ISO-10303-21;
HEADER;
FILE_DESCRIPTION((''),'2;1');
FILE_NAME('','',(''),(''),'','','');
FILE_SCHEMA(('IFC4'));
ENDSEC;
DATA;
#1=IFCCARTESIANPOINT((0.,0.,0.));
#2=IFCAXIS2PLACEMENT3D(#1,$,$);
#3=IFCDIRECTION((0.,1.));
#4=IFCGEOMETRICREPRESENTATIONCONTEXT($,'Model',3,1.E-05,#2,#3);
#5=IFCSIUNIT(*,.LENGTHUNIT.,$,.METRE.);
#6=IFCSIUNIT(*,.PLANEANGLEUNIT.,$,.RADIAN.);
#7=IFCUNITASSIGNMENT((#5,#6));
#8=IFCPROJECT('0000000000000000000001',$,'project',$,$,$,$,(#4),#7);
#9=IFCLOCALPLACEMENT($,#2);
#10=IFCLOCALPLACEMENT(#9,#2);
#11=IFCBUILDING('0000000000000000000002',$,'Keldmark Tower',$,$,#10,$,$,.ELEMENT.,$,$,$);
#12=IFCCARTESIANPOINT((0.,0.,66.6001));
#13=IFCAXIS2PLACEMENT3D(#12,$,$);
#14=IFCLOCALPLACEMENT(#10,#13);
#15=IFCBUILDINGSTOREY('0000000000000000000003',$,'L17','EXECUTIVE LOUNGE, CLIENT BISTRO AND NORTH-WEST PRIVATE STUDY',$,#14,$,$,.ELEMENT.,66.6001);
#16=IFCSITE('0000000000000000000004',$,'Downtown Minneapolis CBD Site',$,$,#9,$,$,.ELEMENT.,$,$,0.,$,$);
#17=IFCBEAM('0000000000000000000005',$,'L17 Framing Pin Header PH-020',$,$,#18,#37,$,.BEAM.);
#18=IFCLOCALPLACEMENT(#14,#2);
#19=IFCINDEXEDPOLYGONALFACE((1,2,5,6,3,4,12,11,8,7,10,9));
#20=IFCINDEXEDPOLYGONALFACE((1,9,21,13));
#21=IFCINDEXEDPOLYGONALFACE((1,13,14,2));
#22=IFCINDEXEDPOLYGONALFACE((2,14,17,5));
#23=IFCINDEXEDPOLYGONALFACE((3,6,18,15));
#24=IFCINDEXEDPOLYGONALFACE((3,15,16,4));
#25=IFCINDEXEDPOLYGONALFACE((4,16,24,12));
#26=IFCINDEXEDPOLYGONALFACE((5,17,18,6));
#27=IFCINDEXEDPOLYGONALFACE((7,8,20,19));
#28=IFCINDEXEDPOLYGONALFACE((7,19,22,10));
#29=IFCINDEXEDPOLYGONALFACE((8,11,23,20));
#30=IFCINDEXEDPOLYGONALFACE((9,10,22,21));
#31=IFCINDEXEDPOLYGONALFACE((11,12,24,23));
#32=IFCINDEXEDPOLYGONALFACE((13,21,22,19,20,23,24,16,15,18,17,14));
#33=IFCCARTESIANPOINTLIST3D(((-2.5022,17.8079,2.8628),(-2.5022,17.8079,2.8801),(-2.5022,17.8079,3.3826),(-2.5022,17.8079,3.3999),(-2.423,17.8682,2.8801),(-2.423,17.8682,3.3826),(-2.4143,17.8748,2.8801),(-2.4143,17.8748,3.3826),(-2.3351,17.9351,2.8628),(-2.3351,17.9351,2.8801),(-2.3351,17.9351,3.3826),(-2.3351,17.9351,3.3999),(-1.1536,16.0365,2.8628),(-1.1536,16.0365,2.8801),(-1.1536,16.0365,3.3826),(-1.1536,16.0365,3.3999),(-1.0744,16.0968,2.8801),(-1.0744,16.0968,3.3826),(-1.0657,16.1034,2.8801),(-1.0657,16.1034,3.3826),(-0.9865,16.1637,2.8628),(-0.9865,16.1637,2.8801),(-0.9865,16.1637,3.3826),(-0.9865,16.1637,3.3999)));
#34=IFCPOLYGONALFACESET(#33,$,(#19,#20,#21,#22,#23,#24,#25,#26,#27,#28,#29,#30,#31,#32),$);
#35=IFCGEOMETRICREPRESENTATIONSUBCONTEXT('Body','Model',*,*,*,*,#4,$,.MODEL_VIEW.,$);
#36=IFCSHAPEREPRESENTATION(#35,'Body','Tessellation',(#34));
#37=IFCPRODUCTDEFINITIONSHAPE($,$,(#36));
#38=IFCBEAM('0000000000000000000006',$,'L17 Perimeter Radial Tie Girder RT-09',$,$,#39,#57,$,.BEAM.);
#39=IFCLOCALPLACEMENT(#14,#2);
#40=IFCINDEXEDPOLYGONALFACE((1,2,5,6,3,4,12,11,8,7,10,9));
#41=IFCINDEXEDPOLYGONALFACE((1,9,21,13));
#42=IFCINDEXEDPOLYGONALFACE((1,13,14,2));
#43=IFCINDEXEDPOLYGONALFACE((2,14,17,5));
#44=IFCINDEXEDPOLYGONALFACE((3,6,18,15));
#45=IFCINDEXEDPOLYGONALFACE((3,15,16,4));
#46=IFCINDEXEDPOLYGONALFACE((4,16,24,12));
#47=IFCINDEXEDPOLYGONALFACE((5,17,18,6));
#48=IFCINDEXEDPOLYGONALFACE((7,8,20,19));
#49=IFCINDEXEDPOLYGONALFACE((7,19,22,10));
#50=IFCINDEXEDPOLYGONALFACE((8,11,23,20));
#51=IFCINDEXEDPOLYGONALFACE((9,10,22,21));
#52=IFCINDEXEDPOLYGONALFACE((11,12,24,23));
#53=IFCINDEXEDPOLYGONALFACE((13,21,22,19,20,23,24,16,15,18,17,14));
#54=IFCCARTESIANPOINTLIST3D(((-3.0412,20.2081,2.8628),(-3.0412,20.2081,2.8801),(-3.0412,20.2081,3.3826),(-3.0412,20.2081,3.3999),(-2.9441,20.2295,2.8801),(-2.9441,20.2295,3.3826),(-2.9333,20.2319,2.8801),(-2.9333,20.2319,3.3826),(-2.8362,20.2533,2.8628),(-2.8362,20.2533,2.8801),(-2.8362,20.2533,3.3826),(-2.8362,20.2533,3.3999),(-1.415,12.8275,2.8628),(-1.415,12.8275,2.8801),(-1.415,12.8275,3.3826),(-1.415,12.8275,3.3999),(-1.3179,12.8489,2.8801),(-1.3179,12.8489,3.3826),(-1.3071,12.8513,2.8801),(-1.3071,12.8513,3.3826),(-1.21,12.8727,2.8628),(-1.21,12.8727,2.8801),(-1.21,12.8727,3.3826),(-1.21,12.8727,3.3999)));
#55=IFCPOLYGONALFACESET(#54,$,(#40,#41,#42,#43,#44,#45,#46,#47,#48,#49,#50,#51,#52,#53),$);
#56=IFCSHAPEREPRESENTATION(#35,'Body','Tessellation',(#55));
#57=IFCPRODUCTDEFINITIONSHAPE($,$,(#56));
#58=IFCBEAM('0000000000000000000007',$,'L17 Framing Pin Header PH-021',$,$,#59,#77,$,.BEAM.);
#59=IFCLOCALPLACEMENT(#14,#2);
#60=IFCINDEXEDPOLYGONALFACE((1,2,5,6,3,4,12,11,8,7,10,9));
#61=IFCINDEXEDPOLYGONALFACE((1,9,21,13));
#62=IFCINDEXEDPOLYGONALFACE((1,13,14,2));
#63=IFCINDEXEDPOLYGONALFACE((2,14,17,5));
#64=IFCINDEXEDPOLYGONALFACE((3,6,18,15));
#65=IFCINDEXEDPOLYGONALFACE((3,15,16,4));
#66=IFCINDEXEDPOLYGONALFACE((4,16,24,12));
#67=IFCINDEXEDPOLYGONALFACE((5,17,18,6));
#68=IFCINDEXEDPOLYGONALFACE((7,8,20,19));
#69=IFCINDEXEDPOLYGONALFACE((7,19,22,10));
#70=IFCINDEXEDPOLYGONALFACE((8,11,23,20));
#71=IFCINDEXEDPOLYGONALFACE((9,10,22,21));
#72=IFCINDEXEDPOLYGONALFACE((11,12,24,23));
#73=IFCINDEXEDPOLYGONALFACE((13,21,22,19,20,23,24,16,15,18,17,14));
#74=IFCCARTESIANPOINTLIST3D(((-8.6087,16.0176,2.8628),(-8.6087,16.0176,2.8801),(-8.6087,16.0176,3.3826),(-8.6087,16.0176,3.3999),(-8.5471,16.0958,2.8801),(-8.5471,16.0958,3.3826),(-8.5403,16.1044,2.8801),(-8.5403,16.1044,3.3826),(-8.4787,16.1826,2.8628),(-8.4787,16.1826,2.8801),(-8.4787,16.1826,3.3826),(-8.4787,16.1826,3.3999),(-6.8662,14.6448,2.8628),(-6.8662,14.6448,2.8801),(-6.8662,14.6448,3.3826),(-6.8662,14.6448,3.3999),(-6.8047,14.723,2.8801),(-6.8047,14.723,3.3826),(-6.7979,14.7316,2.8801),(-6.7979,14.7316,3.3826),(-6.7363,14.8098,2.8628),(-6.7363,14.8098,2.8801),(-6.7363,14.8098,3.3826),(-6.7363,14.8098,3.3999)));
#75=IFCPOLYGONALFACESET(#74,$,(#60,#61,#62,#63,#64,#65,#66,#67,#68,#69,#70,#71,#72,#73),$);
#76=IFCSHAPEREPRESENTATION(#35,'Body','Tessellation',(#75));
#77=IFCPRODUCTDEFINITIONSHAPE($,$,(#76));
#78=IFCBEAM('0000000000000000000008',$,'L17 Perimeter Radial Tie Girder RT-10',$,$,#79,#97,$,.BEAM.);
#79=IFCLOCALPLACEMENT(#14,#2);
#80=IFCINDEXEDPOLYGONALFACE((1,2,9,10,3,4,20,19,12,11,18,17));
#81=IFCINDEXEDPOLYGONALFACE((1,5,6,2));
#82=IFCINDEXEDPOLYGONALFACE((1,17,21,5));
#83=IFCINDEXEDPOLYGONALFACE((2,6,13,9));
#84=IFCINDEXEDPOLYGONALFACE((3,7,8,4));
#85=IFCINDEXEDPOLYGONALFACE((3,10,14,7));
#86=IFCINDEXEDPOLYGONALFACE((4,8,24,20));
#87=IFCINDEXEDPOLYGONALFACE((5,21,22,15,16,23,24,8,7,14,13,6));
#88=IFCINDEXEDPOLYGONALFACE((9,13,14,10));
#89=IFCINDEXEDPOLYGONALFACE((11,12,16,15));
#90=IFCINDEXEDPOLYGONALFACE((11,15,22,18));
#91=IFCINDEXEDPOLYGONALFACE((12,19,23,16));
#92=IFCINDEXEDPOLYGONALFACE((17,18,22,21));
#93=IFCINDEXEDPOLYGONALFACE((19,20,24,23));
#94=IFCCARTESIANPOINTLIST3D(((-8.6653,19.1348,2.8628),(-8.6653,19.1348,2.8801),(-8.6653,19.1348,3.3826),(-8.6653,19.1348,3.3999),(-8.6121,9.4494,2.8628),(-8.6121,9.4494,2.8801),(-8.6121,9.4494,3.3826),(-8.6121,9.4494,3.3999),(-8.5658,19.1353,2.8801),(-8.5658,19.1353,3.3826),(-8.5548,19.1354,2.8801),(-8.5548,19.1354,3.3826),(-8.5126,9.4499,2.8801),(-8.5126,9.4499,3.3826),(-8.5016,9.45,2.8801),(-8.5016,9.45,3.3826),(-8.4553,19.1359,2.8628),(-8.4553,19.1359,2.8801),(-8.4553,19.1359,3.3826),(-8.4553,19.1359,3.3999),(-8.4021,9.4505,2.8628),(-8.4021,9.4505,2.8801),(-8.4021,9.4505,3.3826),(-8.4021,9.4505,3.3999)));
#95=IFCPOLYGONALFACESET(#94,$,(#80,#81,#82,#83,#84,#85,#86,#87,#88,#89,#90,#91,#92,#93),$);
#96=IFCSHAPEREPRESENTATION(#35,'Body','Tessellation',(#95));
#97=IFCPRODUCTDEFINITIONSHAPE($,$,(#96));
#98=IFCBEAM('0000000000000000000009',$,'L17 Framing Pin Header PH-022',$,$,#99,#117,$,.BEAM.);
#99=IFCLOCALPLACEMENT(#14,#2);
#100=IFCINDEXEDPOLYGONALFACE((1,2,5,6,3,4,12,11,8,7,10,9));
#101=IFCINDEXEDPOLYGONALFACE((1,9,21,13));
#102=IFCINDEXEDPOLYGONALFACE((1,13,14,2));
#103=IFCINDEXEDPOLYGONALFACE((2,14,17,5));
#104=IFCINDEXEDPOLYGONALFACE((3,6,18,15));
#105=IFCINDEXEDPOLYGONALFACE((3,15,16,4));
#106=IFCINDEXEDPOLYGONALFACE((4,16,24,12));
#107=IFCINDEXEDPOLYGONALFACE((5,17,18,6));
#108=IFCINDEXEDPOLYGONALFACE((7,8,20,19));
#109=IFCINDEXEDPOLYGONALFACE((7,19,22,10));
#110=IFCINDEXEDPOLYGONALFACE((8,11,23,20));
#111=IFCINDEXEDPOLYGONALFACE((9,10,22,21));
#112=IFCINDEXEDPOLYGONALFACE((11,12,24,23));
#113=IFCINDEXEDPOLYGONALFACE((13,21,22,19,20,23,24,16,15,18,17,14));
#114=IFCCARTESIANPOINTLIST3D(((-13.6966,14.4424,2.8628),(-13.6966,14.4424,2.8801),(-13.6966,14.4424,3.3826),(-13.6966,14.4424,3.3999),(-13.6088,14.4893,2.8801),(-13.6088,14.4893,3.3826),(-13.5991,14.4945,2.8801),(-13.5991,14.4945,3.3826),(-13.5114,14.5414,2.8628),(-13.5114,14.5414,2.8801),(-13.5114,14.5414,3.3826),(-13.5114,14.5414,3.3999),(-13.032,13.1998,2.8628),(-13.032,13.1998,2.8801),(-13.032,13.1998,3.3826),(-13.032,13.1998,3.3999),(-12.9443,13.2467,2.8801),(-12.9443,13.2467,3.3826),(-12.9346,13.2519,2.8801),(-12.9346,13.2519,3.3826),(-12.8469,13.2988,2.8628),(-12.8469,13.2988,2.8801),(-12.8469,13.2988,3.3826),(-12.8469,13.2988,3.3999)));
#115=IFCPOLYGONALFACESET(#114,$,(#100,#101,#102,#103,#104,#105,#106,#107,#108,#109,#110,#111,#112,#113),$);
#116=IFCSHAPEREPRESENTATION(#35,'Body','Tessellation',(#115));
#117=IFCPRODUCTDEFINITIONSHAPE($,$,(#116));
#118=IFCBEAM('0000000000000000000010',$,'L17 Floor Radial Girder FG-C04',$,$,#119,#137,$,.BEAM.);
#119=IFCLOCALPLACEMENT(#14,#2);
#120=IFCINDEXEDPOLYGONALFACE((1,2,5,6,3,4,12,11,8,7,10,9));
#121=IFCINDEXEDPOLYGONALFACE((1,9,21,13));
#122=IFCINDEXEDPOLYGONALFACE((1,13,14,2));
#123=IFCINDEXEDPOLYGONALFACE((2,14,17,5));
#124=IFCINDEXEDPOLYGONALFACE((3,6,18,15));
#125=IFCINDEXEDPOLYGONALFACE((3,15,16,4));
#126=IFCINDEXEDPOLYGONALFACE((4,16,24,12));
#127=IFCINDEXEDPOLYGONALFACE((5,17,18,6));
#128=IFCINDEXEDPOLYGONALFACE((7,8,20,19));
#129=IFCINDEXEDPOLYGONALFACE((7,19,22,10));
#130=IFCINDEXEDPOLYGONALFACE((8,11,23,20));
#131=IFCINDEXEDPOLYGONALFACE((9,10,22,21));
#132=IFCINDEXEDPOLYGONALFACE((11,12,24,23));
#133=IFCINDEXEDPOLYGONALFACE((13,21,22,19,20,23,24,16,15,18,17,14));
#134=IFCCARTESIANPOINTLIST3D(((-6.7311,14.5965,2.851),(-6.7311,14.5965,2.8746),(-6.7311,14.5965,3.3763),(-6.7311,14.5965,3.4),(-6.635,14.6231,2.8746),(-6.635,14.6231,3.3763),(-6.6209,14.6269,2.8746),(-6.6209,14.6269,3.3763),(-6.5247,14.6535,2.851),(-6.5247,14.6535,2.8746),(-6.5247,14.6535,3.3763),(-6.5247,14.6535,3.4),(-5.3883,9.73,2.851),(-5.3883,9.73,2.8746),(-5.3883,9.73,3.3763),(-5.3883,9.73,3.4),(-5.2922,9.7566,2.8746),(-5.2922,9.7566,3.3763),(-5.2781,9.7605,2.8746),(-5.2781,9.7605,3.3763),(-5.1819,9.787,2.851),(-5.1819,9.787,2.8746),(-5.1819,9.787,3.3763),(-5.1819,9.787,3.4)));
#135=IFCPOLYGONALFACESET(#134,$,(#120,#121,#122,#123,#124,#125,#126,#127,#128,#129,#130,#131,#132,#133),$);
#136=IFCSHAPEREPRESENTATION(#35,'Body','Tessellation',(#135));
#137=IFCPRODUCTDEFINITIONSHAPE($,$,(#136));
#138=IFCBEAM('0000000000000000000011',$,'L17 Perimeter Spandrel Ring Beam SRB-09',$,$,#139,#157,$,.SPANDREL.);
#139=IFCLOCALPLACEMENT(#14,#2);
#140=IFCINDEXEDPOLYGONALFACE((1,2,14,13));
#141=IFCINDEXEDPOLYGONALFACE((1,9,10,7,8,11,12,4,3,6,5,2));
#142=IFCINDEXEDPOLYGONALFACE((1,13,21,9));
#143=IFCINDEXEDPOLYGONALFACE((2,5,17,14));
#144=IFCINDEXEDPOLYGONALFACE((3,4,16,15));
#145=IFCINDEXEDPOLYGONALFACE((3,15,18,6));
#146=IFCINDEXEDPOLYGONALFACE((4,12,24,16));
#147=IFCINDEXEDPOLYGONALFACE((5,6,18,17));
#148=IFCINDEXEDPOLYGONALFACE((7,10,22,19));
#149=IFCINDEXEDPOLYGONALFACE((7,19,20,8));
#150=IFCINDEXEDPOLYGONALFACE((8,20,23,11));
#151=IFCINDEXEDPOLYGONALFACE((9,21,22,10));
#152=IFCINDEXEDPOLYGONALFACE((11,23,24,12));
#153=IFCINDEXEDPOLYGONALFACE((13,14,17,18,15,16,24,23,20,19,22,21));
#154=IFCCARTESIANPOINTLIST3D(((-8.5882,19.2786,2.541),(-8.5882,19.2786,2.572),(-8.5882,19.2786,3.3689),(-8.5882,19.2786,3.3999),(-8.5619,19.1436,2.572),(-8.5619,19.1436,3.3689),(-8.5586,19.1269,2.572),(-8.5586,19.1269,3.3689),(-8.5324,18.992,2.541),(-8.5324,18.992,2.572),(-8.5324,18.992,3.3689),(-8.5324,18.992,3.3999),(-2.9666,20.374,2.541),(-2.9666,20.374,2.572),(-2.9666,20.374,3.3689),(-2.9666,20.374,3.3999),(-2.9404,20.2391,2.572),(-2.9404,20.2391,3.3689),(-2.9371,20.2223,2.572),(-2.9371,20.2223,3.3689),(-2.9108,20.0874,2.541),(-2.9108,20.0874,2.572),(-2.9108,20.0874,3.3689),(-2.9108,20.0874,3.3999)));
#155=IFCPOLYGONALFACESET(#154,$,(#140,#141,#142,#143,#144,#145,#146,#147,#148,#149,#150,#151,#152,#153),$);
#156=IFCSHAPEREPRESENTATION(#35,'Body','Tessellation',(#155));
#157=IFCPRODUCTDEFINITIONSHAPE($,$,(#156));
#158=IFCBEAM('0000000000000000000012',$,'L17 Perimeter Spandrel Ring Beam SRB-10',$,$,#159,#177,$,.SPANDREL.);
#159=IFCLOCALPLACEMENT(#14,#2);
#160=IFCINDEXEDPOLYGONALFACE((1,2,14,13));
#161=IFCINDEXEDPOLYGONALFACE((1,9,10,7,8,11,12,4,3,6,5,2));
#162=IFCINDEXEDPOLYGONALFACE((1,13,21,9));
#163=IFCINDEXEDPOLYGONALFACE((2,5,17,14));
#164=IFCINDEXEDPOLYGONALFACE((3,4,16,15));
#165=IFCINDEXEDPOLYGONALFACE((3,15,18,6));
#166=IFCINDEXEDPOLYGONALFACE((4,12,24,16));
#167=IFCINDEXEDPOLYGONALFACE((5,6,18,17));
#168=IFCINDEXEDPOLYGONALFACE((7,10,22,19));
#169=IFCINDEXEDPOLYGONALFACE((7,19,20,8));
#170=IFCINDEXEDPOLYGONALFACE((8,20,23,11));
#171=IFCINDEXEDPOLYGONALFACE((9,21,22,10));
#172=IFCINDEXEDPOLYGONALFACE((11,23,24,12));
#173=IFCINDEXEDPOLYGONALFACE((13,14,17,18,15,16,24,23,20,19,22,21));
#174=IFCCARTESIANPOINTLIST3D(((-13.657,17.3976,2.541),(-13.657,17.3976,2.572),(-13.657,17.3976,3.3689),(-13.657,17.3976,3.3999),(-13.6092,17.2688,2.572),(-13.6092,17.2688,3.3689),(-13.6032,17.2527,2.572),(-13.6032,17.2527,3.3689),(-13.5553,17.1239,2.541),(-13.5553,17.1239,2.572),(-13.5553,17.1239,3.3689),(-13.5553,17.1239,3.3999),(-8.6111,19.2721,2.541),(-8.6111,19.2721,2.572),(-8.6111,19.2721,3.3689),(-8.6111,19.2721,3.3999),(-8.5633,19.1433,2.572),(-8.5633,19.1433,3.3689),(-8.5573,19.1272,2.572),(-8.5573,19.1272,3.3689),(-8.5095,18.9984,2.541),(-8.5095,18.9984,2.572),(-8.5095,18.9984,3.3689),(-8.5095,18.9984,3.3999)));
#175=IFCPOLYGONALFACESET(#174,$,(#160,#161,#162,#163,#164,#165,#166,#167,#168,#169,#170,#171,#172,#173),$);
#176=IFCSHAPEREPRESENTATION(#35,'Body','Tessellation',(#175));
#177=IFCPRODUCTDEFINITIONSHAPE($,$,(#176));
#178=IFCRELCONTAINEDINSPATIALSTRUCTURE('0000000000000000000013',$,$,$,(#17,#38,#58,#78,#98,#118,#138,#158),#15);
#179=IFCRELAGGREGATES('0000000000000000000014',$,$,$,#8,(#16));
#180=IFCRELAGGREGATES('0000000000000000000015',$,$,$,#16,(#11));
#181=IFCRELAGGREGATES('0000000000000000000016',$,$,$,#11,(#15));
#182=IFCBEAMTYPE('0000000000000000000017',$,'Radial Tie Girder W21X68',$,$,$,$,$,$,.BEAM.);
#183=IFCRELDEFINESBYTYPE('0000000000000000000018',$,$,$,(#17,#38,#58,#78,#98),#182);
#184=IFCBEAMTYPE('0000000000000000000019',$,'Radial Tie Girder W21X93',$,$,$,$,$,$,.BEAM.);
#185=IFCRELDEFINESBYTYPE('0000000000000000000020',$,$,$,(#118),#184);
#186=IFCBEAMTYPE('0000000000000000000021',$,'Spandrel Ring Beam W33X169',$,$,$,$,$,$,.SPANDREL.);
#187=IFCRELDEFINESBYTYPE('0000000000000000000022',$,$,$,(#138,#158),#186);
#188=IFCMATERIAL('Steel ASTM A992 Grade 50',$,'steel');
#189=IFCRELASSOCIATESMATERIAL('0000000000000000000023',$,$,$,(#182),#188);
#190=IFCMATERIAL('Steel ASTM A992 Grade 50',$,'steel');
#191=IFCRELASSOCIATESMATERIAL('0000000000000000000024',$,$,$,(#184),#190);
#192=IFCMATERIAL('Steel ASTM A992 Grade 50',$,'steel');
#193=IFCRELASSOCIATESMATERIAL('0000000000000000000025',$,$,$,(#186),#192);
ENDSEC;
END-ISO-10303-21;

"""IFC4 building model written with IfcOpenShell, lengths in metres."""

from ifc_helpers import new_model, si_unit, direction, frame, origin, origin_2d, place, context, subcontext, project, spatial, i_section, extrude, material, material_profile, profile_set, type_object, element, save


model = new_model("IFC4")

# Units and contexts
model_context = context("Model", 3, precision=1e-05, world=origin(), true_north=direction((0.0, 1.0)))
body_context = subcontext(model_context, "Body", "Model", "MODEL_VIEW")
ifc_project = project(units=[si_unit("LENGTHUNIT", "METRE"), si_unit("PLANEANGLEUNIT", "RADIAN")], contexts=[model_context])

# Site, building, storey
site_placement = place(None, origin())
site = spatial("IfcSite", under=ifc_project, at=site_placement, Name="Downtown Minneapolis CBD Site", CompositionType="ELEMENT", RefElevation=0.0)
building_placement = place(site_placement, origin())
building = spatial("IfcBuilding", under=site, at=building_placement, Name="Keldmark Tower", CompositionType="ELEMENT")
storey_placement = place(building_placement, frame((0.0, 0.0, 66.6001)))
storey = spatial("IfcBuildingStorey", under=building, at=storey_placement, Name="L17", Description="EXECUTIVE LOUNGE, CLIENT BISTRO AND NORTH-WEST PRIVATE STUDY", CompositionType="ELEMENT", Elevation=66.6001)

# Beams
ifc_material_1 = material(Name="Steel ASTM A992 Grade 50", Category="steel")
ifc_material_profile_1 = material_profile(ifc_material_1, i_section(OverallWidth=0.21, OverallDepth=0.5371, WebThickness=0.011, FlangeThickness=0.0173, at=origin_2d()), Name="W21X68")
ifc_profile_set_1 = profile_set([ifc_material_profile_1], Name="Steel ASTM A992 Grade 50")
beam_type_1 = type_object("IfcBeamType", Name="Radial Tie Girder W21X68", PredefinedType="BEAM", material=ifc_profile_set_1)
beam_1_placement = place(storey_placement, frame((-1.0701, 16.1001, 3.1313), z_axis=(-0.605739, 0.795663, 0.0), x_axis=(-0.795663, -0.605739, 0.0)))
element("IfcBeam", 1, at=beam_1_placement, inside=storey, type_object=beam_type_1, Name="L17 Framing Pin Header PH-020", PredefinedType="BEAM", context=body_context, shape_type="SweptSolid", body=[
    extrude(i_section(OverallWidth=0.21, OverallDepth=0.5371, WebThickness=0.011, FlangeThickness=0.0173, at=origin_2d()), origin(), (0.0, 0.0, 1.0), 2.2263),
])
beam_2_placement = place(storey_placement, frame((-1.3125, 12.8501, 3.1313), z_axis=(-0.215175, 0.976575, 0.0), x_axis=(-0.976575, -0.215175, 0.0)))
element("IfcBeam", 2, at=beam_2_placement, inside=storey, type_object=beam_type_1, Name="L17 Perimeter Radial Tie Girder RT-09", PredefinedType="BEAM", context=body_context, shape_type="SweptSolid", body=[
    extrude(i_section(OverallWidth=0.21, OverallDepth=0.5371, WebThickness=0.011, FlangeThickness=0.0173, at=origin_2d()), origin(), (0.0, 0.0, 1.0), 7.5576),
])
beam_3_placement = place(storey_placement, frame((-6.8013, 14.7273, 3.1313), z_axis=(-0.785497, 0.618866, 0.0), x_axis=(-0.618866, -0.785497, 0.0)))
element("IfcBeam", 3, at=beam_3_placement, inside=storey, type_object=beam_type_1, Name="L17 Framing Pin Header PH-021", PredefinedType="BEAM", context=body_context, shape_type="SweptSolid", body=[
    extrude(i_section(OverallWidth=0.21, OverallDepth=0.5371, WebThickness=0.011, FlangeThickness=0.0173, at=origin_2d()), origin(), (0.0, 0.0, 1.0), 2.2183),
])
beam_4_placement = place(storey_placement, frame((-8.5071, 9.45, 3.1313), z_axis=(-0.005495, 0.999985, 0.0), x_axis=(-0.999985, -0.005495, 0.0)))
element("IfcBeam", 4, at=beam_4_placement, inside=storey, type_object=beam_type_1, Name="L17 Perimeter Radial Tie Girder RT-10", PredefinedType="BEAM", context=body_context, shape_type="SweptSolid", body=[
    extrude(i_section(OverallWidth=0.21, OverallDepth=0.5371, WebThickness=0.011, FlangeThickness=0.0173, at=origin_2d()), origin(), (0.0, 0.0, 1.0), 9.6855),
])
beam_5_placement = place(storey_placement, frame((-12.9395, 13.2493, 3.1313), z_axis=(-0.471577, 0.881825, 0.0), x_axis=(-0.881825, -0.471577, 0.0)))
element("IfcBeam", 5, at=beam_5_placement, inside=storey, type_object=beam_type_1, Name="L17 Framing Pin Header PH-022", PredefinedType="BEAM", context=body_context, shape_type="SweptSolid", body=[
    extrude(i_section(OverallWidth=0.21, OverallDepth=0.5371, WebThickness=0.011, FlangeThickness=0.0173, at=origin_2d()), origin(), (0.0, 0.0, 1.0), 1.4092),
])
ifc_material_2 = material(Name="Steel ASTM A992 Grade 50", Category="steel")
ifc_material_profile_2 = material_profile(ifc_material_2, i_section(OverallWidth=0.2141, OverallDepth=0.5491, WebThickness=0.0146, FlangeThickness=0.0237, at=origin_2d()), Name="W21X93")
ifc_profile_set_2 = profile_set([ifc_material_profile_2], Name="Steel ASTM A992 Grade 50")
beam_type_2 = type_object("IfcBeamType", Name="Radial Tie Girder W21X93", PredefinedType="BEAM", material=ifc_profile_set_2)
beam_6_placement = place(storey_placement, frame((-6.6279, 14.625, 3.1255), z_axis=(0.265985, -0.963977, 0.0), x_axis=(0.963977, 0.265985, 0.0)))
element("IfcBeam", 6, at=beam_6_placement, inside=storey, type_object=beam_type_2, Name="L17 Floor Radial Girder FG-C04", PredefinedType="BEAM", context=body_context, shape_type="SweptSolid", body=[
    extrude(i_section(OverallWidth=0.2141, OverallDepth=0.5491, WebThickness=0.0146, FlangeThickness=0.0237, at=origin_2d()), origin(), (0.0, 0.0, 1.0), 5.0483),
])
ifc_material_3 = material(Name="Steel ASTM A992 Grade 50", Category="steel")
ifc_material_profile_3 = material_profile(ifc_material_3, i_section(OverallWidth=0.292, OverallDepth=0.8589, WebThickness=0.0171, FlangeThickness=0.031, at=origin_2d()), Name="W33X169")
ifc_profile_set_3 = profile_set([ifc_material_profile_3], Name="Steel ASTM A992 Grade 50")
beam_type_3 = type_object("IfcBeamType", Name="Spandrel Ring Beam W33X169", PredefinedType="SPANDREL", material=ifc_profile_set_3)
beam_7_placement = place(storey_placement, frame((-2.9387, 20.2307, 2.9705), z_axis=(-0.981538, -0.191269, 0.0), x_axis=(0.191269, -0.981538, 0.0)))
element("IfcBeam", 7, at=beam_7_placement, inside=storey, type_object=beam_type_3, Name="L17 Perimeter Spandrel Ring Beam SRB-09", PredefinedType="SPANDREL", context=body_context, shape_type="SweptSolid", body=[
    extrude(i_section(OverallWidth=0.292, OverallDepth=0.8589, WebThickness=0.0171, FlangeThickness=0.031, at=origin_2d()), origin(), (0.0, 0.0, 1.0), 5.7273),
])
beam_8_placement = place(storey_placement, frame((-8.5603, 19.1353, 2.9705), z_axis=(-0.937406, -0.348239, 0.0), x_axis=(0.348239, -0.937406, 0.0)))
element("IfcBeam", 8, at=beam_8_placement, inside=storey, type_object=beam_type_3, Name="L17 Perimeter Spandrel Ring Beam SRB-10", PredefinedType="SPANDREL", context=body_context, shape_type="SweptSolid", body=[
    extrude(i_section(OverallWidth=0.292, OverallDepth=0.8589, WebThickness=0.0171, FlangeThickness=0.031, at=origin_2d()), origin(), (0.0, 0.0, 1.0), 5.3828),
])

save(model, "model.ifc")
